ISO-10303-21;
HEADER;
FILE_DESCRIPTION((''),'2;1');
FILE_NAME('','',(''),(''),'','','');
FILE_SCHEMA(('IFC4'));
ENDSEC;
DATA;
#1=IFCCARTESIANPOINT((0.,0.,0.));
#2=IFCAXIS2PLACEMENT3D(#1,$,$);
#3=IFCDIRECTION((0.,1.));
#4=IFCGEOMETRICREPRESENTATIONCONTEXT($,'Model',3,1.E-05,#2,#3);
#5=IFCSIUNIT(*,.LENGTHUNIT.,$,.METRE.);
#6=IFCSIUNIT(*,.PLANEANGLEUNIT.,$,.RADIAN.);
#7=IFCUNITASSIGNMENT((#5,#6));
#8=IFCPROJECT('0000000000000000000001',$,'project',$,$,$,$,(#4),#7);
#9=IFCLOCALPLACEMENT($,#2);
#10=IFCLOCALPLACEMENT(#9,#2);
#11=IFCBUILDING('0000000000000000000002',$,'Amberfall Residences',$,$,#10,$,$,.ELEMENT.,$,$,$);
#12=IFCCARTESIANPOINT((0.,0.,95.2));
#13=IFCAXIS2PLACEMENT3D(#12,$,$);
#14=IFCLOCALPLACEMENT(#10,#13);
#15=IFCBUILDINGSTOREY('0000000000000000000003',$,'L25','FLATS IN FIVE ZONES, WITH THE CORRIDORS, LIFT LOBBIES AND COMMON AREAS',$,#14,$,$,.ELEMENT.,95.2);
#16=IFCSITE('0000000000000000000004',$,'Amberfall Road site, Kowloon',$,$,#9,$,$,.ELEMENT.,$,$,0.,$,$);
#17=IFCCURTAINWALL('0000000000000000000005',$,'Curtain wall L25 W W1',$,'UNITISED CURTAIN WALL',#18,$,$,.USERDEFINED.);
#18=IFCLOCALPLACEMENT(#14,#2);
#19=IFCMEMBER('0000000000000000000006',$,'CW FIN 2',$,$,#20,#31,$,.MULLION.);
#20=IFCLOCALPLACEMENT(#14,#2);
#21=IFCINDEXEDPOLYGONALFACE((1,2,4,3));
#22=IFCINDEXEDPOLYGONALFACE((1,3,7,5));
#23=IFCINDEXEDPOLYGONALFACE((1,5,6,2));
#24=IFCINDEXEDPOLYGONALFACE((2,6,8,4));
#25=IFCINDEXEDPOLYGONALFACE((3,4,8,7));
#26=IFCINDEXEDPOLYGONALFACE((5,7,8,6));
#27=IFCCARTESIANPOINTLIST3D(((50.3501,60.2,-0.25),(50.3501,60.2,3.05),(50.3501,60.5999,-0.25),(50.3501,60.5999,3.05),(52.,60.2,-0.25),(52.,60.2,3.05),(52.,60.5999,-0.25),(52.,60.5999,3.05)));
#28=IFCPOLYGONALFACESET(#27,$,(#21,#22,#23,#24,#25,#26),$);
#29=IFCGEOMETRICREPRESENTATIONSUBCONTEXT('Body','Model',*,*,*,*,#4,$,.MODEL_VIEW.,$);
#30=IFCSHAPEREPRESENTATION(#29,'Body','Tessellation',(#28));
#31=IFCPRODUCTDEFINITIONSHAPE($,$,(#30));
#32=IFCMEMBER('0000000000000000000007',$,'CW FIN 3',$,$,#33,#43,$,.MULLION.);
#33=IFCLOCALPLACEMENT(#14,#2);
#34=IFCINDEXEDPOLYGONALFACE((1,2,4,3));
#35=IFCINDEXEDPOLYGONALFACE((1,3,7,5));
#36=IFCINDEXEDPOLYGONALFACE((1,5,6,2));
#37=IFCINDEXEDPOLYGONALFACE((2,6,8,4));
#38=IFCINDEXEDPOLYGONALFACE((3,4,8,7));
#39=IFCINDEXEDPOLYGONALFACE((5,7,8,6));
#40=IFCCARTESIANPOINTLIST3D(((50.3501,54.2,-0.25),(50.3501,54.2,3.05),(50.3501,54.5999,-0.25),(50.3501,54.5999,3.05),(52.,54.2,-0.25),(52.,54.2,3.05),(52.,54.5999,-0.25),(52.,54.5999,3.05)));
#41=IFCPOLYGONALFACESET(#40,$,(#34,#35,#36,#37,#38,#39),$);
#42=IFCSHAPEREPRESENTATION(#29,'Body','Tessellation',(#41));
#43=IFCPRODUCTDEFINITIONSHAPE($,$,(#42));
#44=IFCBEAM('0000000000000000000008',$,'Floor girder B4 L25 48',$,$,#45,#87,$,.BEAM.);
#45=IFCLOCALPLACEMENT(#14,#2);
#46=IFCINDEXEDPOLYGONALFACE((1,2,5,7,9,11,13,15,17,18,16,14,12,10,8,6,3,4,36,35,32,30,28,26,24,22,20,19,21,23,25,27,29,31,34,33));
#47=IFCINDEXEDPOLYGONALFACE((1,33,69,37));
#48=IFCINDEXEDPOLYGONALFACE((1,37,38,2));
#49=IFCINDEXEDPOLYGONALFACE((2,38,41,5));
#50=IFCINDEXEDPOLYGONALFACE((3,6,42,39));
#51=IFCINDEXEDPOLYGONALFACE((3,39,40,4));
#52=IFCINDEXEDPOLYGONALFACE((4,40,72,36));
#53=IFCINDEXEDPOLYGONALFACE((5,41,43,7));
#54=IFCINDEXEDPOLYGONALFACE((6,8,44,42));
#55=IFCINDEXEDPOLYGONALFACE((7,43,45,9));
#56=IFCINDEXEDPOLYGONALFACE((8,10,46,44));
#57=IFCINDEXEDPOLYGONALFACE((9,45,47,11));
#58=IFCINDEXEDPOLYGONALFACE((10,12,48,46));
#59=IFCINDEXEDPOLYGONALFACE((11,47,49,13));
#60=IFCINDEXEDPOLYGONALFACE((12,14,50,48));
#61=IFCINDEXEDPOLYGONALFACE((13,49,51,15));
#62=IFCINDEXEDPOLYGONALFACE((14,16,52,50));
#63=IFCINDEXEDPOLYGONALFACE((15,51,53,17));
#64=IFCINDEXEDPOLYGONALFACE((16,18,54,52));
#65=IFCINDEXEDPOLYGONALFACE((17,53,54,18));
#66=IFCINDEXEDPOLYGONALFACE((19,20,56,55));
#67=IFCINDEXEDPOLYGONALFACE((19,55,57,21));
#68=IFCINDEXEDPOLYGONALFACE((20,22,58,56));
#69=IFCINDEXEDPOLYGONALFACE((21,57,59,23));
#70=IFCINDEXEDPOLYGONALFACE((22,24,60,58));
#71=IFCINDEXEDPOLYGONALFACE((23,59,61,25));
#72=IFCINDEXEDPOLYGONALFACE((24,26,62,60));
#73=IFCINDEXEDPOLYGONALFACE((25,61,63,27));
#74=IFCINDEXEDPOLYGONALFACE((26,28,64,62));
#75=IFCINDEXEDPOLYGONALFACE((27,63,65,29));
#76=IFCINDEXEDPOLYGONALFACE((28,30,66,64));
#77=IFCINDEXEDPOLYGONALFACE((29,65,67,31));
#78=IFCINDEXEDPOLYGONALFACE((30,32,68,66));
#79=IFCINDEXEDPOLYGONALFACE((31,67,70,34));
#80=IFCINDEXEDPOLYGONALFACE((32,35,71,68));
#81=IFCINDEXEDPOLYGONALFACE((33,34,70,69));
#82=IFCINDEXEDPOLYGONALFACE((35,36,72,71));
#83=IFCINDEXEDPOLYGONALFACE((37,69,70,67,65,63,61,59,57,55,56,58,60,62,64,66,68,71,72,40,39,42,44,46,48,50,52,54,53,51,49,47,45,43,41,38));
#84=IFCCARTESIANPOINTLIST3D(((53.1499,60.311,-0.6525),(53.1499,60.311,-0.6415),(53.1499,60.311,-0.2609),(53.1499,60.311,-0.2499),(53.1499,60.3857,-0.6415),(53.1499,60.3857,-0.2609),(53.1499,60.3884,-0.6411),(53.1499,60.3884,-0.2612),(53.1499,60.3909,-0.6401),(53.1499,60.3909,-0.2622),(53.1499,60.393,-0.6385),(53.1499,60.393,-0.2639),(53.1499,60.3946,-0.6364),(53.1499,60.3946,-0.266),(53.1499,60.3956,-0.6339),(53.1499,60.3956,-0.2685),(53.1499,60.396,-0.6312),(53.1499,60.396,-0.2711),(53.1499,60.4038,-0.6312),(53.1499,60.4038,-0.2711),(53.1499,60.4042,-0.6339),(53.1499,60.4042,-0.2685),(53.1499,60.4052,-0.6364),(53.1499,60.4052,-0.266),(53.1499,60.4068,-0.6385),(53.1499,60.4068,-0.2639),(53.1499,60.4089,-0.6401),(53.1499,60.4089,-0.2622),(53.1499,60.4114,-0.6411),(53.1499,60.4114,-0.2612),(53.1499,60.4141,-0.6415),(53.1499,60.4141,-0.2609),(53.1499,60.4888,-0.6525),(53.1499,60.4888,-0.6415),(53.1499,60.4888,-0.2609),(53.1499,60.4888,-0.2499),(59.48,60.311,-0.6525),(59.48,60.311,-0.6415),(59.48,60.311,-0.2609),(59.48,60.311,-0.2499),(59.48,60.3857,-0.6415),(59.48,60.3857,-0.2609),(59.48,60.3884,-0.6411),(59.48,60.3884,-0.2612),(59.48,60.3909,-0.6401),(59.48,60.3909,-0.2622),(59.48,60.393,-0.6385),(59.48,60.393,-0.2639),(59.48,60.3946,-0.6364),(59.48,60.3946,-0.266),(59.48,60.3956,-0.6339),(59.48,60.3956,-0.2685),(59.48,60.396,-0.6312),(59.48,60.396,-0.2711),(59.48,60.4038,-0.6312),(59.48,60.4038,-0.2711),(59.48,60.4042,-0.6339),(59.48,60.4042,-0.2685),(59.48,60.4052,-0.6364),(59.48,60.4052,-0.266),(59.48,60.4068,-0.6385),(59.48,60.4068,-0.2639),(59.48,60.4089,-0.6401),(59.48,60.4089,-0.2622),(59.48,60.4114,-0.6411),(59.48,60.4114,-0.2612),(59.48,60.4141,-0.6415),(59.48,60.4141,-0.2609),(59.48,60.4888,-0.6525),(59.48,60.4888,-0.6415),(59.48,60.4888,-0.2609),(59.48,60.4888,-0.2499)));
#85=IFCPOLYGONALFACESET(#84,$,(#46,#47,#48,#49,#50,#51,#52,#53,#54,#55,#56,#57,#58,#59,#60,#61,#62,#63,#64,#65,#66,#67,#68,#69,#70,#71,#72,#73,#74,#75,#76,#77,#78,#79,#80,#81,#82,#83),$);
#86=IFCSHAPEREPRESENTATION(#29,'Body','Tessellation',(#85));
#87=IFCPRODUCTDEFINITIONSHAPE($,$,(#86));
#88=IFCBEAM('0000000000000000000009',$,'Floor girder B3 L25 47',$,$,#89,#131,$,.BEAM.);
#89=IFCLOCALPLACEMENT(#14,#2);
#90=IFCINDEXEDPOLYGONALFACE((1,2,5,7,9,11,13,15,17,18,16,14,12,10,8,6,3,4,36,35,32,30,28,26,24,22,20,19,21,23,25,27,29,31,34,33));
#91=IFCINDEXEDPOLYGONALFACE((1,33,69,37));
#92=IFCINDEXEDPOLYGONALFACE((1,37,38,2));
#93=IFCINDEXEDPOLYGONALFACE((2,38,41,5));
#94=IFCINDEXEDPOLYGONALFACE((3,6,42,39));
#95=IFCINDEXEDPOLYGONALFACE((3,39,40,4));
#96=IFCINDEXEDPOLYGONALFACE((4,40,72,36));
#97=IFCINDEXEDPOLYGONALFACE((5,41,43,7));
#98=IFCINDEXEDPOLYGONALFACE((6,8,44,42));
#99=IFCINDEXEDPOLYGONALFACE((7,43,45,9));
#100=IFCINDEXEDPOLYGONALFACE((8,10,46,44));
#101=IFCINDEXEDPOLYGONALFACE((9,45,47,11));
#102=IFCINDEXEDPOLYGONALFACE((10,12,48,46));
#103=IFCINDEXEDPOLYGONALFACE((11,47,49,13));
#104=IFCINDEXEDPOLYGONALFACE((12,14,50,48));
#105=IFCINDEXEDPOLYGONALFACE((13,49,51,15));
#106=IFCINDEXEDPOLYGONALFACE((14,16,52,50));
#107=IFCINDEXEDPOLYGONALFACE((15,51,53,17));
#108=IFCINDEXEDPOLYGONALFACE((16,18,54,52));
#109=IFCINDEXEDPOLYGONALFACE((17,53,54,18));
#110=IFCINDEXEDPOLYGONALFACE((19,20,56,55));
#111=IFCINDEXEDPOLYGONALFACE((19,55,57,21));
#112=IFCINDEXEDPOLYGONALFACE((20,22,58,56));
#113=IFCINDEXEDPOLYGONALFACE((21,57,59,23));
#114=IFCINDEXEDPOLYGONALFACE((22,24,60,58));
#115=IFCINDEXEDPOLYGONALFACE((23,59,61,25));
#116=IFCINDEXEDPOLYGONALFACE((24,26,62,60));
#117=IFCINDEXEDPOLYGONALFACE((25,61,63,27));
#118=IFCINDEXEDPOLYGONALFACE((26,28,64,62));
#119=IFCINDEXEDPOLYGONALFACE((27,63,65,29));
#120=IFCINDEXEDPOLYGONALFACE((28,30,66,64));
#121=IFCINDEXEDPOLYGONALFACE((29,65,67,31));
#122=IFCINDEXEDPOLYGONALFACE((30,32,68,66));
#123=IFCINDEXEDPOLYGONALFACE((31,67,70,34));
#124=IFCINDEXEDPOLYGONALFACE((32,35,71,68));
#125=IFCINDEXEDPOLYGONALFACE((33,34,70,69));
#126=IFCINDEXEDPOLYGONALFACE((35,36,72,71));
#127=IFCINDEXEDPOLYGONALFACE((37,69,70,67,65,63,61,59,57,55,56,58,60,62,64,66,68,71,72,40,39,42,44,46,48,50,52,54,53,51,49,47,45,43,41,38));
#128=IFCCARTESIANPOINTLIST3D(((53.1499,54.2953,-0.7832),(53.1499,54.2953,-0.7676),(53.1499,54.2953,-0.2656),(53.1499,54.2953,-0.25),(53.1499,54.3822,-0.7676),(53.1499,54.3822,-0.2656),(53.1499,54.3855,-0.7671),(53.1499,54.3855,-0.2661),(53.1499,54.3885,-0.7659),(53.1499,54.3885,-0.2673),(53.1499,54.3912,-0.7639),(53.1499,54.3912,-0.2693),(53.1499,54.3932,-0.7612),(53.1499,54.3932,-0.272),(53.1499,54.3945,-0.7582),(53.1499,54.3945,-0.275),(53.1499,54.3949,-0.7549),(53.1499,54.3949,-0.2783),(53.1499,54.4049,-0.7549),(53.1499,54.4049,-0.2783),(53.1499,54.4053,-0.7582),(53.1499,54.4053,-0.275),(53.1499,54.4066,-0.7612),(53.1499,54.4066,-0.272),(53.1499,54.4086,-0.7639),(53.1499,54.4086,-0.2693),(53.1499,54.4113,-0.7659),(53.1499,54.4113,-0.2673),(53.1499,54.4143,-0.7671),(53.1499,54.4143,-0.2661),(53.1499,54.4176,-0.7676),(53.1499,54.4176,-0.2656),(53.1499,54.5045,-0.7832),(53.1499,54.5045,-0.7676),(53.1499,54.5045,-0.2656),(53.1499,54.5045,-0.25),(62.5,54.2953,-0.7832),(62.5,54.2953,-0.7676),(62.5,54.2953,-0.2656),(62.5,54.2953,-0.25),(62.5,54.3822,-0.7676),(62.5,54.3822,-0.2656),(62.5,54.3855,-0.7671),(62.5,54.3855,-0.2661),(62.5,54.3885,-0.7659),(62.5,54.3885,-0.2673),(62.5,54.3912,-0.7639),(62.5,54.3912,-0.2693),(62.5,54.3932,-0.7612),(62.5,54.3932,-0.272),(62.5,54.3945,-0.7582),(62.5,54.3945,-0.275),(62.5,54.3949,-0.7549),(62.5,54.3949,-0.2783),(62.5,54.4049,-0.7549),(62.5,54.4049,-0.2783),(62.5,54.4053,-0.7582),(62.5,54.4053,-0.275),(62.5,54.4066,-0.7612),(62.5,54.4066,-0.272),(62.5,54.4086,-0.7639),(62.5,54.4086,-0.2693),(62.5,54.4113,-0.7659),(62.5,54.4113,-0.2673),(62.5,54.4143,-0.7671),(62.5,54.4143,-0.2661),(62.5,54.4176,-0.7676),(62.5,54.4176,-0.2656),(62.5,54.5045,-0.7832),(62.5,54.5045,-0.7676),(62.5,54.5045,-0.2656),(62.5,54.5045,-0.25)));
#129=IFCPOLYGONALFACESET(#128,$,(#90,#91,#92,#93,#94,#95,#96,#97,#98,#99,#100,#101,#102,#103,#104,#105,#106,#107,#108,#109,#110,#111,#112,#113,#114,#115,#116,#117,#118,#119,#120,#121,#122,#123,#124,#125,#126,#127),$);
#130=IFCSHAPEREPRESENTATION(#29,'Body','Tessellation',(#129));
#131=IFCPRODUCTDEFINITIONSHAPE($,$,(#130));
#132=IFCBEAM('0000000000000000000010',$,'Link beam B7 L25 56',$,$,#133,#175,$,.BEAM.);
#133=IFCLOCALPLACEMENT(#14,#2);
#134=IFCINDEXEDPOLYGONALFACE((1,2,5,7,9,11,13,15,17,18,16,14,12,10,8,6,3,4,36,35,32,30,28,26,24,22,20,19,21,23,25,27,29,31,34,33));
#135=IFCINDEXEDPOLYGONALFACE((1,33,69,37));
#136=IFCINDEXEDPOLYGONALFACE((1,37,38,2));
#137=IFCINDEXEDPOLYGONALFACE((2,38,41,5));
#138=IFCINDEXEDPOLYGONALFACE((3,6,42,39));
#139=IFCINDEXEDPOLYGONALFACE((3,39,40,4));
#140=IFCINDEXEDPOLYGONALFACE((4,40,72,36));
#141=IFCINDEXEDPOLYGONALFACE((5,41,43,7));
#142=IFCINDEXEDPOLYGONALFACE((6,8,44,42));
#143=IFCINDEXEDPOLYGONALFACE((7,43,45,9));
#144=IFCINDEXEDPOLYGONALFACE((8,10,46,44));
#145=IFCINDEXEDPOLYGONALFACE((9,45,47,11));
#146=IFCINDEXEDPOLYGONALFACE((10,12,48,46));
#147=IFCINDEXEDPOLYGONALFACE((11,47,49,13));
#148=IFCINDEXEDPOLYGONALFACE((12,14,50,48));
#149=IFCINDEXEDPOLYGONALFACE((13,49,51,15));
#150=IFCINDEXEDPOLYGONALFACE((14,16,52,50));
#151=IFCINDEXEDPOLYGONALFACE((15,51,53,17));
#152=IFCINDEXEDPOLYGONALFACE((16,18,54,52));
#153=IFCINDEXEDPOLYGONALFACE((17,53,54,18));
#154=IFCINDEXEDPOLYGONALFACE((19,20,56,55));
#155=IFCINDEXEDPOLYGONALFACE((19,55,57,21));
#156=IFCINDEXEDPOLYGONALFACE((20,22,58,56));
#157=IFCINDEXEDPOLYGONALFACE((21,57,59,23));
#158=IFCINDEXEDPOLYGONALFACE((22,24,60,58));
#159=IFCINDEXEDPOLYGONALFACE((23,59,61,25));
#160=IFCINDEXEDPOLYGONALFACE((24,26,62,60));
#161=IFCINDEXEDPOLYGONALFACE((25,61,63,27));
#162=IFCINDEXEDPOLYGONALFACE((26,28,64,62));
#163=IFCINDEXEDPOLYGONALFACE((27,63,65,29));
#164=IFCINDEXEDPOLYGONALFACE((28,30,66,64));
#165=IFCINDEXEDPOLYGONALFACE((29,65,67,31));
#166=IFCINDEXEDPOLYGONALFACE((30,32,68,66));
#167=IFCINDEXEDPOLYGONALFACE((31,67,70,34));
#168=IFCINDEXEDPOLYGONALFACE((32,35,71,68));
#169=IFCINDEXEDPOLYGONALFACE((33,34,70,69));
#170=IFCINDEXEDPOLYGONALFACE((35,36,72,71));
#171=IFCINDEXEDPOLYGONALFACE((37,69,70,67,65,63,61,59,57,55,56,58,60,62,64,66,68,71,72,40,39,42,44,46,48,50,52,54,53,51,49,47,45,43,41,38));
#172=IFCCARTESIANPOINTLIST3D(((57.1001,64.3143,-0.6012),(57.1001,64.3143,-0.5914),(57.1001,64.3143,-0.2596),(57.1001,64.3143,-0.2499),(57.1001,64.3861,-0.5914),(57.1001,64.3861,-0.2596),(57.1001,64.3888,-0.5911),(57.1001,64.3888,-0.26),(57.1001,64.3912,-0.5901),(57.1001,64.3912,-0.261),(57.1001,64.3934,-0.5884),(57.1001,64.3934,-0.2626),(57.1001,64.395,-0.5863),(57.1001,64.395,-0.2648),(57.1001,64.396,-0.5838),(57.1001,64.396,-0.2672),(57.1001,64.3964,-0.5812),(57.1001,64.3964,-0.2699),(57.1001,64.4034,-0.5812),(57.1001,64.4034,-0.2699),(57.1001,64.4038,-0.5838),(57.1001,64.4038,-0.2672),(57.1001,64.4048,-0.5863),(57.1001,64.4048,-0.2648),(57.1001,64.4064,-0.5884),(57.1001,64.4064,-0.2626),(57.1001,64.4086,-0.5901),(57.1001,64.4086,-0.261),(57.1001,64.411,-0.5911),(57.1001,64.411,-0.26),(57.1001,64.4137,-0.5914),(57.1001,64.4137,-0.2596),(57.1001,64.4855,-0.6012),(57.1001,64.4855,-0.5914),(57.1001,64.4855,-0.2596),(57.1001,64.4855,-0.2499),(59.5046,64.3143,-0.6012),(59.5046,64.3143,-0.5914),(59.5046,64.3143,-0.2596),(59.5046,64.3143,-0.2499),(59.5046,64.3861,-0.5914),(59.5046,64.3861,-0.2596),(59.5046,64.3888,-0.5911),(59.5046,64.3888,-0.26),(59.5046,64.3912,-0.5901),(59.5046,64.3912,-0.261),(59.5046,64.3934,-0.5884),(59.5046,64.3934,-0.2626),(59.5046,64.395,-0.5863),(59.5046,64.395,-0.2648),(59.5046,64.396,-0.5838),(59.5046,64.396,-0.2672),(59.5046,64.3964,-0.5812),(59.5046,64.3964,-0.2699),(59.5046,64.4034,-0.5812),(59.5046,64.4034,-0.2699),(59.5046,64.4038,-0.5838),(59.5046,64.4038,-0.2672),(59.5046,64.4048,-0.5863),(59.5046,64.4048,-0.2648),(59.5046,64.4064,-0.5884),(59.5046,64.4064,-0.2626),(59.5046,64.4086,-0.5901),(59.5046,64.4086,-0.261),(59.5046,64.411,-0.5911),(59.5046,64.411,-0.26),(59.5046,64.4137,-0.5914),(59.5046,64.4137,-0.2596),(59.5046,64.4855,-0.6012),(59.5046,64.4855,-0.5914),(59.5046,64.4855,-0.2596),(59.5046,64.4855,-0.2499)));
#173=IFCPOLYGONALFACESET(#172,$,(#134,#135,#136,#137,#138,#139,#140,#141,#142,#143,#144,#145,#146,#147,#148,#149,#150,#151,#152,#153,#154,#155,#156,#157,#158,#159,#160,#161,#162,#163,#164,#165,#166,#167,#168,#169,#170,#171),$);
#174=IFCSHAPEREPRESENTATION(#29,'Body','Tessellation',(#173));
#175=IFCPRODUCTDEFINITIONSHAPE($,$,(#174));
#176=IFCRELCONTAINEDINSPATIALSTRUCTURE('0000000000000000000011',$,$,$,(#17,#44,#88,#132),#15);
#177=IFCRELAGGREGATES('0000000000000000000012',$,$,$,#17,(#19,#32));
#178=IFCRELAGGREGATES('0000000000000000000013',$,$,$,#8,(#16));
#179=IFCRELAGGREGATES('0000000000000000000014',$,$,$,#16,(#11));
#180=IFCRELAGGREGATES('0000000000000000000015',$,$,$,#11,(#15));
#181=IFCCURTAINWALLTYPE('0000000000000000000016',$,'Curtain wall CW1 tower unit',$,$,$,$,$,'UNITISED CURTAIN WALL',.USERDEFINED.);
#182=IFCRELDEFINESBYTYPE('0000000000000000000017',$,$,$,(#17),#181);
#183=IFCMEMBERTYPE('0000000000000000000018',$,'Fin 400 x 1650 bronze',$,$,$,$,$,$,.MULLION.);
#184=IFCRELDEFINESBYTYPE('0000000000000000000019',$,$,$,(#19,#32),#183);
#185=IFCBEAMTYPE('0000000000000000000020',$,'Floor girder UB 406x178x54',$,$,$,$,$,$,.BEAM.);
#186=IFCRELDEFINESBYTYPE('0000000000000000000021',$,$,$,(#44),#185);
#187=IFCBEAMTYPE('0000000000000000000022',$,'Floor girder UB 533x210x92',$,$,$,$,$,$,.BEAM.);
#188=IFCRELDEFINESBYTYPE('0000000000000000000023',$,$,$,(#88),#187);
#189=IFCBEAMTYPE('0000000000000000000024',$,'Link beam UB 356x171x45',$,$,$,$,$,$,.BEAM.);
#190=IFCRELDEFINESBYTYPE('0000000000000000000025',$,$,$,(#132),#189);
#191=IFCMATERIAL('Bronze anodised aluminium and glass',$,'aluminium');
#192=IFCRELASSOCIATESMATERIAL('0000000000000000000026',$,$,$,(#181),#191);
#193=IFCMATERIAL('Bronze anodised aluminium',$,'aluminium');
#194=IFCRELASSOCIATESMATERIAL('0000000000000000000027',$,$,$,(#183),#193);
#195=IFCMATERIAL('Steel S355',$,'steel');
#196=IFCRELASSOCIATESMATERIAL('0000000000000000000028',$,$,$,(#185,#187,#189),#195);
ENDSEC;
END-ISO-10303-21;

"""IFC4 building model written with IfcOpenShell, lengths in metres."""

from ifc_helpers import new_model, si_unit, direction, frame, origin, origin_2d, place, context, subcontext, project, spatial, rectangle, i_section, extrude, material, material_profile, profile_set, type_object, element, aggregate, save


model = new_model("IFC4")

# Units and contexts
model_context = context("Model", 3, precision=1e-05, world=origin(), true_north=direction((0.0, 1.0)))
body_context = subcontext(model_context, "Body", "Model", "MODEL_VIEW")
ifc_project = project(units=[si_unit("LENGTHUNIT", "METRE"), si_unit("PLANEANGLEUNIT", "RADIAN")], contexts=[model_context])

# Site, building, storey
site_placement = place(None, origin())
site = spatial("IfcSite", under=ifc_project, at=site_placement, Name="Amberfall Road site, Kowloon", CompositionType="ELEMENT", RefElevation=0.0)
building_placement = place(site_placement, origin())
building = spatial("IfcBuilding", under=site, at=building_placement, Name="Amberfall Residences", CompositionType="ELEMENT")
storey_placement = place(building_placement, frame((0.0, 0.0, 95.2)))
storey = spatial("IfcBuildingStorey", under=building, at=storey_placement, Name="L25", Description="FLATS IN FIVE ZONES, WITH THE CORRIDORS, LIFT LOBBIES AND COMMON AREAS", CompositionType="ELEMENT", Elevation=95.2)

# Shared definitions
ifc_material_1 = material(Name="Bronze anodised aluminium and glass", Category="aluminium")
curtain_wall_type = type_object("IfcCurtainWallType", Name="Curtain wall CW1 tower unit", ElementType="UNITISED CURTAIN WALL", PredefinedType="USERDEFINED", material=ifc_material_1)
ifc_material_2 = material(Name="Bronze anodised aluminium", Category="aluminium")

# Curtain wall
curtain_wall_1_placement = place(storey_placement, origin())
curtain_wall_1 = element("IfcCurtainWall", 1, at=curtain_wall_1_placement, inside=storey, type_object=curtain_wall_type, Name="Curtain wall L25 W W1", ObjectType="UNITISED CURTAIN WALL", PredefinedType="USERDEFINED")

# Shared definitions
ifc_material_3 = material(Name="Steel S355", Category="steel")

# Members
ifc_material_profile_1 = material_profile(ifc_material_2, rectangle(XDim=1.6499, YDim=0.3999, at=origin_2d()), Name="Fin 400 x 1650 bronze")
ifc_profile_set_1 = profile_set([ifc_material_profile_1], Name="Bronze anodised aluminium")
member_type_1 = type_object("IfcMemberType", Name="Fin 400 x 1650 bronze", PredefinedType="MULLION", material=ifc_profile_set_1)
member_1_placement = place(storey_placement, frame((51.175, 60.3999, -0.25), z_axis=(0.0, 0.0, 1.0), x_axis=(1.0, 0.0, 0.0)))
member_1 = element("IfcMember", 2, at=member_1_placement, type_object=member_type_1, Name="CW FIN 2", PredefinedType="MULLION", context=body_context, shape_type="SweptSolid", body=[
    extrude(rectangle(XDim=1.6499, YDim=0.3999, at=origin_2d()), origin(), (0.0, 0.0, 1.0), 3.3),
])
member_2_placement = place(storey_placement, frame((51.175, 54.3999, -0.25), z_axis=(0.0, 0.0, 1.0), x_axis=(1.0, 0.0, 0.0)))
member_2 = element("IfcMember", 3, at=member_2_placement, type_object=member_type_1, Name="CW FIN 3", PredefinedType="MULLION", context=body_context, shape_type="SweptSolid", body=[
    extrude(rectangle(XDim=1.6499, YDim=0.3999, at=origin_2d()), origin(), (0.0, 0.0, 1.0), 3.3),
])

# Beams
ifc_material_profile_2 = material_profile(ifc_material_3, i_section(OverallWidth=0.1777, OverallDepth=0.4026, WebThickness=0.0078, FlangeThickness=0.011, FilletRadius=0.0103, at=origin_2d()), Name="UB 406x178x54")
ifc_profile_set_2 = profile_set([ifc_material_profile_2], Name="Steel S355")
beam_type_1 = type_object("IfcBeamType", Name="Floor girder UB 406x178x54", PredefinedType="BEAM", material=ifc_profile_set_2)
beam_1_placement = place(storey_placement, frame((53.1499, 60.3999, -0.4512), z_axis=(1.0, 0.0, 0.0), x_axis=(0.0, 1.0, 0.0)))
element("IfcBeam", 4, at=beam_1_placement, inside=storey, type_object=beam_type_1, Name="Floor girder B4 L25 48", PredefinedType="BEAM", context=body_context, shape_type="SweptSolid", body=[
    extrude(i_section(OverallWidth=0.1777, OverallDepth=0.4026, WebThickness=0.0078, FlangeThickness=0.011, FilletRadius=0.0103, at=origin_2d()), origin(), (0.0, 0.0, 1.0), 6.3301),
])
ifc_material_profile_3 = material_profile(ifc_material_3, i_section(OverallWidth=0.2092, OverallDepth=0.5332, WebThickness=0.01, FlangeThickness=0.0156, FilletRadius=0.0127, at=origin_2d()), Name="UB 533x210x92")
ifc_profile_set_3 = profile_set([ifc_material_profile_3], Name="Steel S355")
beam_type_2 = type_object("IfcBeamType", Name="Floor girder UB 533x210x92", PredefinedType="BEAM", material=ifc_profile_set_3)
beam_2_placement = place(storey_placement, frame((53.1499, 54.3999, -0.5166), z_axis=(1.0, 0.0, 0.0), x_axis=(0.0, 1.0, 0.0)))
element("IfcBeam", 5, at=beam_2_placement, inside=storey, type_object=beam_type_2, Name="Floor girder B3 L25 47", PredefinedType="BEAM", context=body_context, shape_type="SweptSolid", body=[
    extrude(i_section(OverallWidth=0.2092, OverallDepth=0.5332, WebThickness=0.01, FlangeThickness=0.0156, FilletRadius=0.0127, at=origin_2d()), origin(), (0.0, 0.0, 1.0), 9.3501),
])
ifc_material_profile_4 = material_profile(ifc_material_3, i_section(OverallWidth=0.1711, OverallDepth=0.3513, WebThickness=0.0071, FlangeThickness=0.0098, FilletRadius=0.0103, at=origin_2d()), Name="UB 356x171x45")
ifc_profile_set_4 = profile_set([ifc_material_profile_4], Name="Steel S355")
beam_type_3 = type_object("IfcBeamType", Name="Link beam UB 356x171x45", PredefinedType="BEAM", material=ifc_profile_set_4)
beam_3_placement = place(storey_placement, frame((57.1001, 64.3999, -0.4255), z_axis=(1.0, 0.0, 0.0), x_axis=(0.0, 1.0, 0.0)))
element("IfcBeam", 6, at=beam_3_placement, inside=storey, type_object=beam_type_3, Name="Link beam B7 L25 56", PredefinedType="BEAM", context=body_context, shape_type="SweptSolid", body=[
    extrude(i_section(OverallWidth=0.1711, OverallDepth=0.3513, WebThickness=0.0071, FlangeThickness=0.0098, FilletRadius=0.0103, at=origin_2d()), origin(), (0.0, 0.0, 1.0), 2.4045),
])

aggregate(curtain_wall_1, [member_1, member_2])

save(model, "model.ifc")
